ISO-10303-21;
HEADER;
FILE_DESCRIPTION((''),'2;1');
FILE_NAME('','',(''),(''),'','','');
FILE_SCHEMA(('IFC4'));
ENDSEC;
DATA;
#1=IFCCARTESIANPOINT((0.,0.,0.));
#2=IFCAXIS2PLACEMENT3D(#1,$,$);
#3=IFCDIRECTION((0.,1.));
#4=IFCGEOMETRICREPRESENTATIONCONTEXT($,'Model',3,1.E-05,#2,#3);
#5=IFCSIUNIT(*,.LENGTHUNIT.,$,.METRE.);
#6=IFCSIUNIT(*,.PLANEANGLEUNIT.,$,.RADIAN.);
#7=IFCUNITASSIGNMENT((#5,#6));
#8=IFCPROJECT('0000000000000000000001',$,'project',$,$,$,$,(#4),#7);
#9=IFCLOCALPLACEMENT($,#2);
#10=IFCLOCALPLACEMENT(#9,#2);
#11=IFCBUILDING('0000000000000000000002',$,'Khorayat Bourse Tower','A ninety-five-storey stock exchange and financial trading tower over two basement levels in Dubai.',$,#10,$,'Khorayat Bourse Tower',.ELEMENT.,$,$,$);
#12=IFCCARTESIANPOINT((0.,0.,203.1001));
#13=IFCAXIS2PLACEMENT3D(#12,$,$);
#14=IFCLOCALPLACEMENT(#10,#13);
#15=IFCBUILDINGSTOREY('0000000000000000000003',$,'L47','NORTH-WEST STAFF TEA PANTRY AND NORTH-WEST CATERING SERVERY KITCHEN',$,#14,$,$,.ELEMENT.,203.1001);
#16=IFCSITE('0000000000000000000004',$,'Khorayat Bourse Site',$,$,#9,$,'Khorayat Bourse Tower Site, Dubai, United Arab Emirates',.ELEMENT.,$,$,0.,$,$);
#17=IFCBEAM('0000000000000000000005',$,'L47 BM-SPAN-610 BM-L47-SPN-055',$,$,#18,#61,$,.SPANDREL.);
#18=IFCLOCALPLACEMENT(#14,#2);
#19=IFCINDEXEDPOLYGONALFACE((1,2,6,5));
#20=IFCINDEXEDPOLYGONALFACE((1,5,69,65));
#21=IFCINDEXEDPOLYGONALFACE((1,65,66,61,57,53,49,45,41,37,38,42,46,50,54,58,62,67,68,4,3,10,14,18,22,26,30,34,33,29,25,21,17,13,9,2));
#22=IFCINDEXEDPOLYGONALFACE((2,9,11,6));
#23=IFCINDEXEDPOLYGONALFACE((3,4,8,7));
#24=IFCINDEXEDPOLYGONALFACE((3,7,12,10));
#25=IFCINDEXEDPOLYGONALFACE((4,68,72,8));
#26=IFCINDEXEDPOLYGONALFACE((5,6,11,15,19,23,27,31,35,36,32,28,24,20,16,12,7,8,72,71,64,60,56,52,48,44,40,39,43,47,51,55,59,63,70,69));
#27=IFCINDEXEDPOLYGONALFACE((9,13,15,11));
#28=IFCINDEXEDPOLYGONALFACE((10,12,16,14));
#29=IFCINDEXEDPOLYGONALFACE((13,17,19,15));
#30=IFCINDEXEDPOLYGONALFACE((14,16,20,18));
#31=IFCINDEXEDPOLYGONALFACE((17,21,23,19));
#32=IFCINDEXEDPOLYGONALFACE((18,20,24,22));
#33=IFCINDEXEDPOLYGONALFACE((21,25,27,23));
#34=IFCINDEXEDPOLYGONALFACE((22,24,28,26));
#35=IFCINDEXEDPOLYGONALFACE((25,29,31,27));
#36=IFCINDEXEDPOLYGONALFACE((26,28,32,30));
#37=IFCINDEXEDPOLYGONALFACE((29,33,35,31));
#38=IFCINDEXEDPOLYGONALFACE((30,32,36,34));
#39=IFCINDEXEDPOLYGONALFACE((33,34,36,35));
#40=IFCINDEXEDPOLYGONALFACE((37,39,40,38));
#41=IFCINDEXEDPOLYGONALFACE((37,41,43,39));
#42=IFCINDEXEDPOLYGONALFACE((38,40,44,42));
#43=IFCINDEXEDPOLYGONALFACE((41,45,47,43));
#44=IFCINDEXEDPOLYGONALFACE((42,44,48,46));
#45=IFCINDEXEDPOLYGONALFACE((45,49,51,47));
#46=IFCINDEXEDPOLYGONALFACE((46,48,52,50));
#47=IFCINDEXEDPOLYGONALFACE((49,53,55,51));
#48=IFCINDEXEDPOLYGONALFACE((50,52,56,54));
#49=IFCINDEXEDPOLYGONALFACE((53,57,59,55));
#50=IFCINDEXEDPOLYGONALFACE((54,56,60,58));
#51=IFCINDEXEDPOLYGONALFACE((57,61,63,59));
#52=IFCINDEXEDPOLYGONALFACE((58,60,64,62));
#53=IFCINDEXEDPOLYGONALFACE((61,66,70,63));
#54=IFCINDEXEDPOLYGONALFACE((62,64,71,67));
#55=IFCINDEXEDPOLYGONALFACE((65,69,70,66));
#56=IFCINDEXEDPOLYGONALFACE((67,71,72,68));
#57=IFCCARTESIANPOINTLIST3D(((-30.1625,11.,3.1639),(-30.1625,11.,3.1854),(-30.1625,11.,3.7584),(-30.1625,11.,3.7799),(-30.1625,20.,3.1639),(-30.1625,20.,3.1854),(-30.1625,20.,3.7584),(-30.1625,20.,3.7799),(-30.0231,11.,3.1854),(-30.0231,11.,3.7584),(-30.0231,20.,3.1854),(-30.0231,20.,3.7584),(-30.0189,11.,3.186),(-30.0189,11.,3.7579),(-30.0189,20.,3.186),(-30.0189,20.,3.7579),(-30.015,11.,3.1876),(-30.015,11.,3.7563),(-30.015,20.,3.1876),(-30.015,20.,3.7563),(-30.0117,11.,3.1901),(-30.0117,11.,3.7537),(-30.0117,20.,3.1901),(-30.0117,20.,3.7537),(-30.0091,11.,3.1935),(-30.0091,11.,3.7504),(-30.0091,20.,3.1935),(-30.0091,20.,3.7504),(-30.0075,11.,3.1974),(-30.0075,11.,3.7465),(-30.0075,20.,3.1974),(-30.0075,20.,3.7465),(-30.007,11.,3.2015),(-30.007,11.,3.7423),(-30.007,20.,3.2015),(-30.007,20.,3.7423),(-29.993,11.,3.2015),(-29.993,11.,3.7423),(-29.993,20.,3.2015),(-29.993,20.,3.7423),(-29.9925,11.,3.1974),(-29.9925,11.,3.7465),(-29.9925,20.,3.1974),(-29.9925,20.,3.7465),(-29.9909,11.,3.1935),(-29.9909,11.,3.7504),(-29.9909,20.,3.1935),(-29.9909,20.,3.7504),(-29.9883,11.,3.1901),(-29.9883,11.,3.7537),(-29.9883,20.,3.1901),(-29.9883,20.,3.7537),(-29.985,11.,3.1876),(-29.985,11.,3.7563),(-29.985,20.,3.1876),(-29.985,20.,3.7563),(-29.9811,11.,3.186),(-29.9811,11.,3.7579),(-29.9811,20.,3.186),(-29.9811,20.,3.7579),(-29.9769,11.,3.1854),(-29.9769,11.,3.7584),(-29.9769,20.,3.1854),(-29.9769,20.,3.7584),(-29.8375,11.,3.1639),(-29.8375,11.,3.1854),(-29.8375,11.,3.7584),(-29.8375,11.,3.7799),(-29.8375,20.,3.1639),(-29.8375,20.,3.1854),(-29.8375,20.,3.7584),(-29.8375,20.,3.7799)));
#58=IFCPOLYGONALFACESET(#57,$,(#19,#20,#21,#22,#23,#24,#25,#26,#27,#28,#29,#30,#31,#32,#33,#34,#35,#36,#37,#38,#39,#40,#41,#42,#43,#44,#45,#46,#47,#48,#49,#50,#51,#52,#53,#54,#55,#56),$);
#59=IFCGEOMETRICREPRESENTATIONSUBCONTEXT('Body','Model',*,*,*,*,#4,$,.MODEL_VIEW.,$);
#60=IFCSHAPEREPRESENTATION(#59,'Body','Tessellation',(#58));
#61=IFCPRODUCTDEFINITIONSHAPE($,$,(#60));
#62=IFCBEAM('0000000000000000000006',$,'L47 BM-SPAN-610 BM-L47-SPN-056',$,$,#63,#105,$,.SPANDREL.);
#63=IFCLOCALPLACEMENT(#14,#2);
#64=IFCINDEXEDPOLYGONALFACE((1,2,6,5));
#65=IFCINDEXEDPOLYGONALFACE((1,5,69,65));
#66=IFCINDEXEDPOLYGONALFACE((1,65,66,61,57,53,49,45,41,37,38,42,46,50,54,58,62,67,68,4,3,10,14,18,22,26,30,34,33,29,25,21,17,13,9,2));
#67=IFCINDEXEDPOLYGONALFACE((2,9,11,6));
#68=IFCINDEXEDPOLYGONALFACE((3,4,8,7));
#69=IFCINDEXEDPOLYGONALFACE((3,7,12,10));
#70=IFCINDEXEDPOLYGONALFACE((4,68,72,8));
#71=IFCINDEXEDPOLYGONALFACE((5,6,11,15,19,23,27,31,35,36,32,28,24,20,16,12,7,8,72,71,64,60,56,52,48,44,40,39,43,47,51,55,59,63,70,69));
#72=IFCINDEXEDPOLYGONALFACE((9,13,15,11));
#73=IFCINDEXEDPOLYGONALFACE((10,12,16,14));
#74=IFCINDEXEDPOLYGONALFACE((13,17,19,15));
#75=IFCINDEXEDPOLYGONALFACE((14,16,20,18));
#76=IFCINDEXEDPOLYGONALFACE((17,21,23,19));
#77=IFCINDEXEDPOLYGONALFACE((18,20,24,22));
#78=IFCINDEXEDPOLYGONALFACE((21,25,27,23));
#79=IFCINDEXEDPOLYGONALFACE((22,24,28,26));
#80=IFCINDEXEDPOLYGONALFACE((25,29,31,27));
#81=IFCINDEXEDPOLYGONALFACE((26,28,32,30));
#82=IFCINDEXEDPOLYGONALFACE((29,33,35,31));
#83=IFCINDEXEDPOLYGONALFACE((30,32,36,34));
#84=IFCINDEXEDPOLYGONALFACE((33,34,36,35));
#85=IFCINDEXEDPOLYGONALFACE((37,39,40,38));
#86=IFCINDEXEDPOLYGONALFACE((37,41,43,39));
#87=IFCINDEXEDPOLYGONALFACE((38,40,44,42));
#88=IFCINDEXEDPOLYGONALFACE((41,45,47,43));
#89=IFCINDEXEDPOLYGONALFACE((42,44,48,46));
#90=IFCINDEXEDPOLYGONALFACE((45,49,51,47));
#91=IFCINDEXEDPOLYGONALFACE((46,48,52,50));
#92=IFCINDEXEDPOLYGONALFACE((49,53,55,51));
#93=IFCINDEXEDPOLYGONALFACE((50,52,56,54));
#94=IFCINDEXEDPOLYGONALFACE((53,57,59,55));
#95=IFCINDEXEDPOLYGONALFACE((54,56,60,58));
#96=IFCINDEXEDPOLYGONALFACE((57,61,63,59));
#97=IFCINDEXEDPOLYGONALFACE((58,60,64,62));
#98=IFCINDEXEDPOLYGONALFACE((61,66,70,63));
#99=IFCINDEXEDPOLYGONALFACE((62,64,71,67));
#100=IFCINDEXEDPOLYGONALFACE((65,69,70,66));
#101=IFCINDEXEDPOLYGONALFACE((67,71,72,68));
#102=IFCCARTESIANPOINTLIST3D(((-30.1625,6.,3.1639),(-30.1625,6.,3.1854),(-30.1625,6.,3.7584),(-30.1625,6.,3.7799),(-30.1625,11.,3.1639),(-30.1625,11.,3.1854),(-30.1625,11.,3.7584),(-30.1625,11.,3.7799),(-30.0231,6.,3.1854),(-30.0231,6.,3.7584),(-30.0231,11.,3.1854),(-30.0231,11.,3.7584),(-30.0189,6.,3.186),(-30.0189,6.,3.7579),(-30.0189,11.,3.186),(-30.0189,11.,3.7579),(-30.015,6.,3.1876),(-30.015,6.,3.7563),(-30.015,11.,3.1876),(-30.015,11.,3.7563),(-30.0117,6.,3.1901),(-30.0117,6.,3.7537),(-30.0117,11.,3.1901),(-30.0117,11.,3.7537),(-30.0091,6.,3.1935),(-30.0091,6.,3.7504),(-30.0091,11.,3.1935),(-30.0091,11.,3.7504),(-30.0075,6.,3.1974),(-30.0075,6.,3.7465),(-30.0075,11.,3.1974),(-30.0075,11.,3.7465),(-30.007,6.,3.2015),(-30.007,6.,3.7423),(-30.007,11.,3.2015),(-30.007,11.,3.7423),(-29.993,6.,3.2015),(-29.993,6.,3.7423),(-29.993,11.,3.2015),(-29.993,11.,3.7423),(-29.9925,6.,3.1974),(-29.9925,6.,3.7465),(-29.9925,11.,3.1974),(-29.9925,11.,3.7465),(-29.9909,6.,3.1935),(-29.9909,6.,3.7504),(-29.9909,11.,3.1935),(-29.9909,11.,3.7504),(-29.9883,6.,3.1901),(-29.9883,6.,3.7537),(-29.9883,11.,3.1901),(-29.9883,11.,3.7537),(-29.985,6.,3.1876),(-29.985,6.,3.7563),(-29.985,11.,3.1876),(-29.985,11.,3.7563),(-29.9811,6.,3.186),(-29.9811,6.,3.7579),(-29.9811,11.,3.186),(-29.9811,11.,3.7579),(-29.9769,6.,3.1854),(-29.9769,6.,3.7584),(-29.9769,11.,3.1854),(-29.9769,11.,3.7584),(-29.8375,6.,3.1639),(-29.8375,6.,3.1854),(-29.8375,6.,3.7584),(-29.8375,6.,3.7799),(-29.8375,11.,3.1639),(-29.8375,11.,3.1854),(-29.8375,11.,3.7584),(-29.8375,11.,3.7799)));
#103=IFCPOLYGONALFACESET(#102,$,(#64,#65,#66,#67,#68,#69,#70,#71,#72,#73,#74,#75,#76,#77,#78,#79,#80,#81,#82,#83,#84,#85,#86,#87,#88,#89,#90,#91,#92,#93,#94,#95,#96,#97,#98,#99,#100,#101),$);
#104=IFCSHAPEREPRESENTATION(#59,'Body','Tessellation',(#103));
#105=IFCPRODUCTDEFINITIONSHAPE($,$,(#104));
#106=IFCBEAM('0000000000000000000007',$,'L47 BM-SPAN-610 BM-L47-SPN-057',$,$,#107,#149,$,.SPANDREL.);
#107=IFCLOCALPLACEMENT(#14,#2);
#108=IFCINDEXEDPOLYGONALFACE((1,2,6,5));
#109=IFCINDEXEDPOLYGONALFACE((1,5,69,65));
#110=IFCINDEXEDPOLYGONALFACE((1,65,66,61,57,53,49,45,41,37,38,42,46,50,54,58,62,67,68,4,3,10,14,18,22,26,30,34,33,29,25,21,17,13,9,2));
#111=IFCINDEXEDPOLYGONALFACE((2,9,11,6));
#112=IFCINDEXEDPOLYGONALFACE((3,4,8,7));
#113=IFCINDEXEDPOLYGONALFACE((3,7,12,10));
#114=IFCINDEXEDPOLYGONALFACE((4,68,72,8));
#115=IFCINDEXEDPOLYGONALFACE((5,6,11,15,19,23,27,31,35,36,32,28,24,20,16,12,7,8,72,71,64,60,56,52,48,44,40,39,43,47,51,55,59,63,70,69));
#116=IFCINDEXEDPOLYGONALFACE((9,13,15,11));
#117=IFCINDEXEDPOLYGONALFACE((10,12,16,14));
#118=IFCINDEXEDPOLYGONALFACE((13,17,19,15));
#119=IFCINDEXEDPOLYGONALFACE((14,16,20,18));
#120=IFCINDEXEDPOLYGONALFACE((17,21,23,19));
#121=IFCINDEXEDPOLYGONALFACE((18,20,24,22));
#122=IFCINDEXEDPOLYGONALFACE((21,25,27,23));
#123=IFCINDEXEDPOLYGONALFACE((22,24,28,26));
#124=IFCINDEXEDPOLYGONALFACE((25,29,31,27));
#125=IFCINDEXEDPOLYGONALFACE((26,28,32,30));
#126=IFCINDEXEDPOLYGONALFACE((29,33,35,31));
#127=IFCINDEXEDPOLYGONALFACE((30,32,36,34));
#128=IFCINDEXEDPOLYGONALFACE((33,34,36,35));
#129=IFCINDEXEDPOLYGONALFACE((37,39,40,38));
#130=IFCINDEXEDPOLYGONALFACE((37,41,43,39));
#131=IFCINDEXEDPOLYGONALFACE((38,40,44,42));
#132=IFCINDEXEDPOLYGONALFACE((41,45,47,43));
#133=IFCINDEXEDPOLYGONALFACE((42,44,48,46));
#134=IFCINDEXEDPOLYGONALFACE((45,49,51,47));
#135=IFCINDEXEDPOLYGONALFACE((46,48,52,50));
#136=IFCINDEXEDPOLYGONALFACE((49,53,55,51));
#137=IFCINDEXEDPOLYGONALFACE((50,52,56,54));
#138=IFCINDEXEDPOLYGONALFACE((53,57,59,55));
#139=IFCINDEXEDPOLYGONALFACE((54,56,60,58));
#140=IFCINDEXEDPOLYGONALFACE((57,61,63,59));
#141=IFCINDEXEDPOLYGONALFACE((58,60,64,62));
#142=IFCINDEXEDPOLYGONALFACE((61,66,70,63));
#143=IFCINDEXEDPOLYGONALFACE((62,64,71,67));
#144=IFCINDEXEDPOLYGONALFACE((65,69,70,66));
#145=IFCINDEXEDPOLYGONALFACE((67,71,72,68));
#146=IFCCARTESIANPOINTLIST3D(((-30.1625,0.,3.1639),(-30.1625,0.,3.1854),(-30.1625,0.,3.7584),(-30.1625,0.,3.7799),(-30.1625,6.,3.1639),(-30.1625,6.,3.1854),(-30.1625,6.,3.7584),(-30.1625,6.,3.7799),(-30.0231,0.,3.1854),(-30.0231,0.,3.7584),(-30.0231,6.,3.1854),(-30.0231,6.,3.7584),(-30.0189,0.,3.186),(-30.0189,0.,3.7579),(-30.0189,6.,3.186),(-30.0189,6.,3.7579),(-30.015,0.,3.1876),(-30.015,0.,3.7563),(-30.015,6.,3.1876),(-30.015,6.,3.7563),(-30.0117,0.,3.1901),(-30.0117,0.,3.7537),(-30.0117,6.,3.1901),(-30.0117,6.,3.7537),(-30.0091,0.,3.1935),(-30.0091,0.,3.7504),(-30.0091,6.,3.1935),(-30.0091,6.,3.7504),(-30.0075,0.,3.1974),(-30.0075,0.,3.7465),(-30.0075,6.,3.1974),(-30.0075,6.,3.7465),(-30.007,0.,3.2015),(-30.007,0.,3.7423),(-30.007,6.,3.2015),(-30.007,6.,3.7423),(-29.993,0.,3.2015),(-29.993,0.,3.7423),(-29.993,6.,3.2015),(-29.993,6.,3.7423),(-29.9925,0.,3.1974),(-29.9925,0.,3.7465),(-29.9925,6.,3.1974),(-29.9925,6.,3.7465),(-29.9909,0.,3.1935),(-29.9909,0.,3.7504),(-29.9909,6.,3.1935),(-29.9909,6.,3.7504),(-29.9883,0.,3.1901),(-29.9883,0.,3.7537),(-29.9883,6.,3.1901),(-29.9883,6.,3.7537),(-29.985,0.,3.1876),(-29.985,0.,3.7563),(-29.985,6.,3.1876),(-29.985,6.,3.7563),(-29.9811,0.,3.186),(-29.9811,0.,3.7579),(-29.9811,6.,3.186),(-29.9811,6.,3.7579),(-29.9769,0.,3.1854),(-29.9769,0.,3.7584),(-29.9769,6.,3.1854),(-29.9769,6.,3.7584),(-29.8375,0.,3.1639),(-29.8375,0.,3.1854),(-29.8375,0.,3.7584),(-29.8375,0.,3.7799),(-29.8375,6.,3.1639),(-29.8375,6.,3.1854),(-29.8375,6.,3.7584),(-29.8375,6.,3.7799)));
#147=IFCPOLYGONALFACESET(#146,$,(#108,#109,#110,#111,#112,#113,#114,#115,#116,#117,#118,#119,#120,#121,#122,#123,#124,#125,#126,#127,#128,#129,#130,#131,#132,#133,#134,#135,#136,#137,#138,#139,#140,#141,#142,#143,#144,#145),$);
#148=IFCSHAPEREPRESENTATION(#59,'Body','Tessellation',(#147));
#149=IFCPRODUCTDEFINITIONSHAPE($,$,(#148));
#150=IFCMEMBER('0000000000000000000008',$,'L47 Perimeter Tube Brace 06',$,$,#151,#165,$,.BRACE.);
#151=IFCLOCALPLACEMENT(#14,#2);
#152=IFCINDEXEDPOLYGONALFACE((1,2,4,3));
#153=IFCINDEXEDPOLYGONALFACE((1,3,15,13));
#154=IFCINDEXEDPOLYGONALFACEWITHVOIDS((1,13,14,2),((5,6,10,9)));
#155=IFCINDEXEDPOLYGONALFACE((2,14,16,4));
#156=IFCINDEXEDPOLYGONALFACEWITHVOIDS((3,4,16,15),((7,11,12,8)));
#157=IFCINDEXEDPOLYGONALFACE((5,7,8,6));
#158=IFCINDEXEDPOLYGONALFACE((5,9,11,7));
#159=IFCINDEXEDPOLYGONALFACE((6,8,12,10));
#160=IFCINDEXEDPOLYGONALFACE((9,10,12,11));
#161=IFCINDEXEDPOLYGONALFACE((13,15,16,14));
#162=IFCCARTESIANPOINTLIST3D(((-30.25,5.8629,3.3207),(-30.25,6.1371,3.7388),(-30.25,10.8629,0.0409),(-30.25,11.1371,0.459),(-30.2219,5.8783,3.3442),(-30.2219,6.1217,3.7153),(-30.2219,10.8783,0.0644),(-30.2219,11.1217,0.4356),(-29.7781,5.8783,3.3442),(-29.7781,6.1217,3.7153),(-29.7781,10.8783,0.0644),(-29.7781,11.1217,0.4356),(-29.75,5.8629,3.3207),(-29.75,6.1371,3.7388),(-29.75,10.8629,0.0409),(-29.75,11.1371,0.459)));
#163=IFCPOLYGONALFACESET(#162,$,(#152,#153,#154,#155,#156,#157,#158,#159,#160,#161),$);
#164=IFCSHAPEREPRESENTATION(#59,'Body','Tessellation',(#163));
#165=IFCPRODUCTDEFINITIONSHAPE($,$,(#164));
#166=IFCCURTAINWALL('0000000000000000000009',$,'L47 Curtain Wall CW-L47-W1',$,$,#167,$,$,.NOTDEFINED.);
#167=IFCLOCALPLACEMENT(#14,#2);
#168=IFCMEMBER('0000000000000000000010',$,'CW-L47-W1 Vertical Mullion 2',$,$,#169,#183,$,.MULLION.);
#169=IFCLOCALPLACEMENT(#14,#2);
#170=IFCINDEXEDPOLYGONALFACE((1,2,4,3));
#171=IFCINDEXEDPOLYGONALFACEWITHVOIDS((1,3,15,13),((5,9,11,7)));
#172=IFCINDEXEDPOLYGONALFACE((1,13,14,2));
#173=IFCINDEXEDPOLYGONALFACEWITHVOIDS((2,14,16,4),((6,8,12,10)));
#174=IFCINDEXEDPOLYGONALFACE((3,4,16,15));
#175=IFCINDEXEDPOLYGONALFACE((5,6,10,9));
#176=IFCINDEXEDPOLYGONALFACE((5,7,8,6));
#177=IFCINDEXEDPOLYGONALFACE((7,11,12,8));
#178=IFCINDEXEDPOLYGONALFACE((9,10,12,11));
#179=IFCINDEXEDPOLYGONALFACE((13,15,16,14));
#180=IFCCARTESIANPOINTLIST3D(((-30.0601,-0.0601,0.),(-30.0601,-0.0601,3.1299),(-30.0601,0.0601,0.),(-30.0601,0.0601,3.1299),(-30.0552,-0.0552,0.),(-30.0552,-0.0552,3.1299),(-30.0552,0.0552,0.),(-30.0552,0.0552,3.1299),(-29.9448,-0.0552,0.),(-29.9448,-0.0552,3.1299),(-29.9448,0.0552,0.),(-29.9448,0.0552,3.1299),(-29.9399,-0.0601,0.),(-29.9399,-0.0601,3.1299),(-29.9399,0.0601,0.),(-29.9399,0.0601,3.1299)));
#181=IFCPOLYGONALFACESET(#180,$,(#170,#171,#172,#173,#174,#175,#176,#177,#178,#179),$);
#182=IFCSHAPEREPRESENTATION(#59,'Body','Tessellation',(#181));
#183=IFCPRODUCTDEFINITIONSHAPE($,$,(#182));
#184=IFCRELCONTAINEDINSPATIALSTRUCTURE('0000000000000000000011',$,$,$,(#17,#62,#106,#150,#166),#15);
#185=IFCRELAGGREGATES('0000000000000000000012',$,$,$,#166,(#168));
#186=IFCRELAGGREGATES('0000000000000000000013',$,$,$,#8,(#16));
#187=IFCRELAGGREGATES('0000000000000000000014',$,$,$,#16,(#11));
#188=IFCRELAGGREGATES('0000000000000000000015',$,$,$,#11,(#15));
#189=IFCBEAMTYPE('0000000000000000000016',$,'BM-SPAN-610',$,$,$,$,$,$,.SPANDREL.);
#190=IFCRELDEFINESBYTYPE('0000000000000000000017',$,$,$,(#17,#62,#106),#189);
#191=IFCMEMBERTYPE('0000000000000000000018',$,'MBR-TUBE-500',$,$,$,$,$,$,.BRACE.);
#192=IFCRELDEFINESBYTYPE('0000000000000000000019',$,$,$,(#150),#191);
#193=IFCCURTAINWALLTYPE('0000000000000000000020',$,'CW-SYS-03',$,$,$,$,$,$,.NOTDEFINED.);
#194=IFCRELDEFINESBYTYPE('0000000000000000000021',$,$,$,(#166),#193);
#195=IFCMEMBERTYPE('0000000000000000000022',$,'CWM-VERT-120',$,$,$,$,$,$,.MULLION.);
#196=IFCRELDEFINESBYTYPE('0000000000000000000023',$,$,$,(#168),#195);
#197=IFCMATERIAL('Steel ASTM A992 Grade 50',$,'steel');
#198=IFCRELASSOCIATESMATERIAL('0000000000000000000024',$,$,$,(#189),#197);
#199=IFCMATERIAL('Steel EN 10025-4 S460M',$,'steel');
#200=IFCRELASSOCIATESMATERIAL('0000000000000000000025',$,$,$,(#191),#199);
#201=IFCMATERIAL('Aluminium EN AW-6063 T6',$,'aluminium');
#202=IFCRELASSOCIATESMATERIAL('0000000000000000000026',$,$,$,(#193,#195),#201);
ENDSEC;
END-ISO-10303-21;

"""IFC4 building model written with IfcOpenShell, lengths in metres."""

from ifc_helpers import new_model, si_unit, direction, frame, origin, origin_2d, place, context, subcontext, project, spatial, hollow_rectangle, i_section, extrude, source, transform, mapped, material, material_profile, profile_set, type_object, element, aggregate, save


model = new_model("IFC4")

# Units and contexts
model_context = context("Model", 3, precision=1e-05, world=origin(), true_north=direction((0.0, 1.0)))
body_context = subcontext(model_context, "Body", "Model", "MODEL_VIEW")
ifc_project = project(units=[si_unit("LENGTHUNIT", "METRE"), si_unit("PLANEANGLEUNIT", "RADIAN")], contexts=[model_context])

# Site, building, storey
site_placement = place(None, origin())
site = spatial("IfcSite", under=ifc_project, at=site_placement, Name="Khorayat Bourse Site", LongName="Khorayat Bourse Tower Site, Dubai, United Arab Emirates", CompositionType="ELEMENT", RefElevation=0.0)
building_placement = place(site_placement, origin())
building = spatial("IfcBuilding", under=site, at=building_placement, Name="Khorayat Bourse Tower", Description="A ninety-five-storey stock exchange and financial trading tower over two basement levels in Dubai.", LongName="Khorayat Bourse Tower", CompositionType="ELEMENT")
storey_placement = place(building_placement, frame((0.0, 0.0, 203.1001)))
storey = spatial("IfcBuildingStorey", under=building, at=storey_placement, Name="L47", Description="NORTH-WEST STAFF TEA PANTRY AND NORTH-WEST CATERING SERVERY KITCHEN", CompositionType="ELEMENT", Elevation=203.1001)

# Shared definitions
ifc_material_1 = material(Name="Steel EN 10025-4 S460M", Category="steel")

# Beams
ifc_material_2 = material(Name="Steel ASTM A992 Grade 50", Category="steel")
ifc_material_profile_1 = material_profile(ifc_material_2, i_section(OverallWidth=0.325, OverallDepth=0.616, WebThickness=0.0139, FlangeThickness=0.0215, FilletRadius=0.0161, at=origin_2d()), Name="W610X174")
ifc_profile_set_1 = profile_set([ifc_material_profile_1], Name="Steel ASTM A992 Grade 50")
beam_type_1 = type_object("IfcBeamType", Name="BM-SPAN-610", PredefinedType="SPANDREL", material=ifc_profile_set_1)
shared_shape_1 = source(origin(), body_context, "Body", "SweptSolid", [
    extrude(i_section(OverallWidth=0.325, OverallDepth=0.616, WebThickness=0.0139, FlangeThickness=0.0215, FilletRadius=0.0161, at=origin_2d()), origin(), (0.0, 0.0, 1.0), 9.0),
])
beam_1_placement = place(storey_placement, frame((-30.0, 11.0, 3.4719), z_axis=(0.0, 1.0, 0.0), x_axis=(-1.0, 0.0, 0.0)))
element("IfcBeam", 1, at=beam_1_placement, inside=storey, type_object=beam_type_1, Name="L47 BM-SPAN-610 BM-L47-SPN-055", PredefinedType="SPANDREL", context=body_context, shape_type="MappedRepresentation", body=[
    mapped(shared_shape_1, transform((0.0, 0.0, 0.0), scale=1.0)),
])
shared_shape_2 = source(origin(), body_context, "Body", "SweptSolid", [
    extrude(i_section(OverallWidth=0.325, OverallDepth=0.616, WebThickness=0.0139, FlangeThickness=0.0215, FilletRadius=0.0161, at=origin_2d()), origin(), (0.0, 0.0, 1.0), 5.0),
])
beam_2_placement = place(storey_placement, frame((-30.0, 6.0, 3.4719), z_axis=(0.0, 1.0, 0.0), x_axis=(-1.0, 0.0, 0.0)))
element("IfcBeam", 2, at=beam_2_placement, inside=storey, type_object=beam_type_1, Name="L47 BM-SPAN-610 BM-L47-SPN-056", PredefinedType="SPANDREL", context=body_context, shape_type="MappedRepresentation", body=[
    mapped(shared_shape_2, transform((0.0, 0.0, 0.0), scale=1.0)),
])
shared_shape_3 = source(origin(), body_context, "Body", "SweptSolid", [
    extrude(i_section(OverallWidth=0.325, OverallDepth=0.616, WebThickness=0.0139, FlangeThickness=0.0215, FilletRadius=0.0161, at=origin_2d()), origin(), (0.0, 0.0, 1.0), 6.0),
])
beam_3_placement = place(storey_placement, frame((-30.0, 0.0, 3.4719), z_axis=(0.0, 1.0, 0.0), x_axis=(-1.0, 0.0, 0.0)))
element("IfcBeam", 3, at=beam_3_placement, inside=storey, type_object=beam_type_1, Name="L47 BM-SPAN-610 BM-L47-SPN-057", PredefinedType="SPANDREL", context=body_context, shape_type="MappedRepresentation", body=[
    mapped(shared_shape_3, transform((0.0, 0.0, 0.0), scale=1.0)),
])

# Member
ifc_material_profile_2 = material_profile(ifc_material_1, hollow_rectangle(XDim=0.5, YDim=0.5, WallThickness=0.0281, at=origin_2d()), Name="HSS 500x500x28")
ifc_profile_set_2 = profile_set([ifc_material_profile_2], Name="Steel EN 10025-4 S460M")
member_type_1 = type_object("IfcMemberType", Name="MBR-TUBE-500", PredefinedType="BRACE", material=ifc_profile_set_2)
shared_shape_4 = source(origin(), body_context, "Body", "SweptSolid", [
    extrude(hollow_rectangle(XDim=0.5, YDim=0.5, WallThickness=0.0281, at=origin_2d()), origin(), (0.0, 0.0, 1.0), 5.9797),
])
member_1_placement = place(storey_placement, frame((-30.0, 6.0, 3.5298), z_axis=(0.0, 0.83616, -0.548485), x_axis=(-1.0, 0.0, 0.0)))
element("IfcMember", 4, at=member_1_placement, inside=storey, type_object=member_type_1, Name="L47 Perimeter Tube Brace 06", PredefinedType="BRACE", context=body_context, shape_type="MappedRepresentation", body=[
    mapped(shared_shape_4, transform((0.0, 0.0, 0.0), scale=1.0)),
])

# Curtain wall, member
ifc_material_3 = material(Name="Aluminium EN AW-6063 T6", Category="aluminium")
curtain_wall_type = type_object("IfcCurtainWallType", Name="CW-SYS-03", PredefinedType="NOTDEFINED", material=ifc_material_3)
curtain_wall_placement = place(storey_placement, origin())
curtain_wall = element("IfcCurtainWall", 5, at=curtain_wall_placement, inside=storey, type_object=curtain_wall_type, Name="L47 Curtain Wall CW-L47-W1", PredefinedType="NOTDEFINED")
ifc_material_profile_3 = material_profile(ifc_material_3, hollow_rectangle(XDim=0.1201, YDim=0.1201, WallThickness=0.0049, at=origin_2d()), Name="ALU 120x120x5")
ifc_profile_set_3 = profile_set([ifc_material_profile_3], Name="Aluminium EN AW-6063 T6")
member_type_2 = type_object("IfcMemberType", Name="CWM-VERT-120", PredefinedType="MULLION", material=ifc_profile_set_3)
shared_shape_5 = source(origin(), body_context, "Body", "SweptSolid", [
    extrude(hollow_rectangle(XDim=0.1201, YDim=0.1201, WallThickness=0.0049, at=origin_2d()), origin(), (0.0, 0.0, 1.0), 3.1299),
])
member_2_placement = place(storey_placement, frame((-30.0, 0.0, 0.0), z_axis=(0.0, 0.0, 1.0), x_axis=(-1.0, 0.0, 0.0)))
member_2 = element("IfcMember", 6, at=member_2_placement, type_object=member_type_2, Name="CW-L47-W1 Vertical Mullion 2", PredefinedType="MULLION", context=body_context, shape_type="MappedRepresentation", body=[
    mapped(shared_shape_5, transform((0.0, 0.0, 0.0), scale=1.0)),
])

aggregate(curtain_wall, [member_2])

save(model, "model.ifc")
